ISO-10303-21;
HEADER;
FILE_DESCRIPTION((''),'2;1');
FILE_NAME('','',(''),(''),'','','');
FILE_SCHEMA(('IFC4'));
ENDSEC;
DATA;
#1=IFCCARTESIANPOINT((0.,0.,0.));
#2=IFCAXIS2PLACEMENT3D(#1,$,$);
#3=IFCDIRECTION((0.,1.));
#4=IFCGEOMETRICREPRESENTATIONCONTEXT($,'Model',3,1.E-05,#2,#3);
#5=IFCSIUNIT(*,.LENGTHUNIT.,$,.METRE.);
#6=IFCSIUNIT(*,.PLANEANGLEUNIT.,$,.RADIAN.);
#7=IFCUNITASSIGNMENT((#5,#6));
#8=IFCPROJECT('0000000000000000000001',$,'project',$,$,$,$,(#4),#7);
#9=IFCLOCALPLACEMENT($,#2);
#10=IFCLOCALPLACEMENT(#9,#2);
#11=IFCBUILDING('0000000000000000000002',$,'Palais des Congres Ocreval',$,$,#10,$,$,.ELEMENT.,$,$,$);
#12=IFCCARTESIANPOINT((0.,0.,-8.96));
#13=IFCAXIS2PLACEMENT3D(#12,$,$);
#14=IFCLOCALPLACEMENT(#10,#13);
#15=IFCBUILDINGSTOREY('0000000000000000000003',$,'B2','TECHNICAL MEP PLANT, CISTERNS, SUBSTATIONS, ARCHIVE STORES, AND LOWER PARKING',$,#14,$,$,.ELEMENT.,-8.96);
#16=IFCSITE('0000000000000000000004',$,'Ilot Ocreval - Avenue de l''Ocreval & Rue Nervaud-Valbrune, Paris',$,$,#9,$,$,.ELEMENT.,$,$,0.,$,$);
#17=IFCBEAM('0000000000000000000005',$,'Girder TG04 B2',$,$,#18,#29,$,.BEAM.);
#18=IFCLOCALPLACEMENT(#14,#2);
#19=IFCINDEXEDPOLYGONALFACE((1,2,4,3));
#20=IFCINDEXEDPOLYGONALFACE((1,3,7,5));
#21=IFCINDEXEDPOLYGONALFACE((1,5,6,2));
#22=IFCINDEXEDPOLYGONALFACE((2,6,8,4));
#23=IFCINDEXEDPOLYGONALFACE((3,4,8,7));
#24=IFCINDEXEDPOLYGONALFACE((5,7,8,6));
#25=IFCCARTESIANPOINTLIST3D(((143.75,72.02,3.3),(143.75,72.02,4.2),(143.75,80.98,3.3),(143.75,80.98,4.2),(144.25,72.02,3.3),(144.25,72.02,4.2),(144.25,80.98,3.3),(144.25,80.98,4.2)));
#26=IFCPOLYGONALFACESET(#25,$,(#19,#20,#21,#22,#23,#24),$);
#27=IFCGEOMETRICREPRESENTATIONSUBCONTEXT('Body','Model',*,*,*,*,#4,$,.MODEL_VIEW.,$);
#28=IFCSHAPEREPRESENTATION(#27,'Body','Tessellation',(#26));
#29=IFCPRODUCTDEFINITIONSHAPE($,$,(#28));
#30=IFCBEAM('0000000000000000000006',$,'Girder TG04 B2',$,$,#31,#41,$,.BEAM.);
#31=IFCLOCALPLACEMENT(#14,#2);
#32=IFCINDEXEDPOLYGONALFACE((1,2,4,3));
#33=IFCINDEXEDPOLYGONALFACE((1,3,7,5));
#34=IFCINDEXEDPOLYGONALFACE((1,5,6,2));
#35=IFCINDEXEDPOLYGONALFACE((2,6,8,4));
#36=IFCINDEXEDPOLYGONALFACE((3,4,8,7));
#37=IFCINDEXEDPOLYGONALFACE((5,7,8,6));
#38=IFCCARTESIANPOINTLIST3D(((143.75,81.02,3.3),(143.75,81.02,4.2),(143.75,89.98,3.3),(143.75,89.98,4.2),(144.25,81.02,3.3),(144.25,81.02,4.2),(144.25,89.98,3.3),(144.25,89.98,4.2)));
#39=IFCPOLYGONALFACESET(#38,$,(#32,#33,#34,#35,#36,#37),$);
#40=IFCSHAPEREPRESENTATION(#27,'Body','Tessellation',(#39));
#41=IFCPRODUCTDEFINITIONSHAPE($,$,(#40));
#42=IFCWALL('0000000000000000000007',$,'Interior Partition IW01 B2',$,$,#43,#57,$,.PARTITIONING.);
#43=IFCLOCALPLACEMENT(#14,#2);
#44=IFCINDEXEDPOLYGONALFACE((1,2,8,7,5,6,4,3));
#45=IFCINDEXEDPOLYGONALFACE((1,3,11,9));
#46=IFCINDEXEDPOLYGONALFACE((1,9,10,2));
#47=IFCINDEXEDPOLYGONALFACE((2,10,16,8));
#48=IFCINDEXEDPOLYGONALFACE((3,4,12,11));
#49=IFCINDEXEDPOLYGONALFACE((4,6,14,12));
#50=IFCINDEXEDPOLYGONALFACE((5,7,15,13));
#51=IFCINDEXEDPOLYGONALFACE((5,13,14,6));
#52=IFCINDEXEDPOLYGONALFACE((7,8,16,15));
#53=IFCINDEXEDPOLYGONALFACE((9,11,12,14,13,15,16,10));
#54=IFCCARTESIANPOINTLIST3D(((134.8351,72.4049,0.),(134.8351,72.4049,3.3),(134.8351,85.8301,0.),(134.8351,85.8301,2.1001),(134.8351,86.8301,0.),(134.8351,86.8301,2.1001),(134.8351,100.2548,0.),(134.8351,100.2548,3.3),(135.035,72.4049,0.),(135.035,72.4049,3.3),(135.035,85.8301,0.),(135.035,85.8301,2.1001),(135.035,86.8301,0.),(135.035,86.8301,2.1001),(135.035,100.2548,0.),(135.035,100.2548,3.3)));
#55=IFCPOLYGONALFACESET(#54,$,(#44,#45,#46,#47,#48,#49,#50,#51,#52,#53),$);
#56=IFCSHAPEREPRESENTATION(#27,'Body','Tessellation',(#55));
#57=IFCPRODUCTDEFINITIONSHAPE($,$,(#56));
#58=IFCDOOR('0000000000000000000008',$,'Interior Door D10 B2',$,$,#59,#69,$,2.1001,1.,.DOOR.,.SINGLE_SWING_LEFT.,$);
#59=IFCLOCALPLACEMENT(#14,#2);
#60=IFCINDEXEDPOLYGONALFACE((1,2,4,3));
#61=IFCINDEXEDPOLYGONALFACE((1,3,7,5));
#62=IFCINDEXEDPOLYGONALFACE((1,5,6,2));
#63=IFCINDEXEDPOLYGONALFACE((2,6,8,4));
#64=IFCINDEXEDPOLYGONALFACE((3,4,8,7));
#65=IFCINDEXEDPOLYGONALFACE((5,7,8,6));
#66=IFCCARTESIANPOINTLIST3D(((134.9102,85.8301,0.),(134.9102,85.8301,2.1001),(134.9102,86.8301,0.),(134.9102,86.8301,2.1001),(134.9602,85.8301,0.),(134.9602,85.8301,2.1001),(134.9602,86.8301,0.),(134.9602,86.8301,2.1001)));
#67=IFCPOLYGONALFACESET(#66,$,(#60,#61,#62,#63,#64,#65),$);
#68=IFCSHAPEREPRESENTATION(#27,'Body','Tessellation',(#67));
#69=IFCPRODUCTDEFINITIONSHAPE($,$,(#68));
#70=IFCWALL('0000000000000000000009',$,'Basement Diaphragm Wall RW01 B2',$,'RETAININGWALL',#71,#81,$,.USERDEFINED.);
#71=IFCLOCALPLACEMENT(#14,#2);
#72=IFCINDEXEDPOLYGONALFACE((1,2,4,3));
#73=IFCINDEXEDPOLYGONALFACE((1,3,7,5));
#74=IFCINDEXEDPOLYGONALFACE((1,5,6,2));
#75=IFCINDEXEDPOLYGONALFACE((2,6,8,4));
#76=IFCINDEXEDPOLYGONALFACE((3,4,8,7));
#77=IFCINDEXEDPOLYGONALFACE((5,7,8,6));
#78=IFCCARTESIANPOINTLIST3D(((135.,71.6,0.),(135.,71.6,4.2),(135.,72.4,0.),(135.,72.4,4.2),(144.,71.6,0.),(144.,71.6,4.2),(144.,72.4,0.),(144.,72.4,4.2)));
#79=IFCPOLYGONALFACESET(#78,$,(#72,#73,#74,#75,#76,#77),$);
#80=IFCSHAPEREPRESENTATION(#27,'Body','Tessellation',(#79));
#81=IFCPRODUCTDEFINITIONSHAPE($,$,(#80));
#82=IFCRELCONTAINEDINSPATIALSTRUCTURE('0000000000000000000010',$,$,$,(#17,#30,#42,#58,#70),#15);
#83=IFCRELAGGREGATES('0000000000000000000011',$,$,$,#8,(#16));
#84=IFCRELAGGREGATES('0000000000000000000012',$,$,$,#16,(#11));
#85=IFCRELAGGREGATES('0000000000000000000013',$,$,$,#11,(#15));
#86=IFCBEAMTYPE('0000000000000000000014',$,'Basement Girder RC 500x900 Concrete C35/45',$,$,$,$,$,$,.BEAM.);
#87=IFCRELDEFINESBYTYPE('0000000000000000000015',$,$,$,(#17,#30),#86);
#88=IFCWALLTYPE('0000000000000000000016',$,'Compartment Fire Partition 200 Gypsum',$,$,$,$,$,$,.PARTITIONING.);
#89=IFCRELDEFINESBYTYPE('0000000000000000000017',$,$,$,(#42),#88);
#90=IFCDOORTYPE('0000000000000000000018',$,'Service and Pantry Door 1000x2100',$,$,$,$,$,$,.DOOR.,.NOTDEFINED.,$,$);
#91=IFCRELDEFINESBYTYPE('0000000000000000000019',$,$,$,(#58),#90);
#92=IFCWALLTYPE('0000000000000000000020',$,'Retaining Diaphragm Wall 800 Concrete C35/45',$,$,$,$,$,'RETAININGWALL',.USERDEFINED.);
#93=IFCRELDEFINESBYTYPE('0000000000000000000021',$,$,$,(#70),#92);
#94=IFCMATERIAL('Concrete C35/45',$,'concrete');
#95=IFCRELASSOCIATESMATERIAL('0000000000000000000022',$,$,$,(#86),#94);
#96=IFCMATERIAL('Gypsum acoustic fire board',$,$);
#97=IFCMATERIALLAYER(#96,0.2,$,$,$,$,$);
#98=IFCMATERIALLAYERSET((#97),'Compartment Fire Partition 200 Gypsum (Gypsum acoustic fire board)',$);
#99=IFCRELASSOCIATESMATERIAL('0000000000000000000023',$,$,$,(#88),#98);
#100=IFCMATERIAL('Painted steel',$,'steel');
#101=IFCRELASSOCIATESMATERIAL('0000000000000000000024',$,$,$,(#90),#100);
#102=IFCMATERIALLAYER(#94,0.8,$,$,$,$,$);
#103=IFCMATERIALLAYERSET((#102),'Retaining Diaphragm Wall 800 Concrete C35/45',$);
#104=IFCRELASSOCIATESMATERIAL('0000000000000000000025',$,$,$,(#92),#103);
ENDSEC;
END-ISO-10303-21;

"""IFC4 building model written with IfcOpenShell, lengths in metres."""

from ifc_helpers import new_model, si_unit, direction, frame, frame_2d, origin, origin_2d, place, context, subcontext, project, spatial, rectangle, extrude, material, layer, layer_set, material_profile, profile_set, type_object, element, fill, save


model = new_model("IFC4")

# Units and contexts
model_context = context("Model", 3, precision=1e-05, world=origin(), true_north=direction((0.0, 1.0)))
body_context = subcontext(model_context, "Body", "Model", "MODEL_VIEW")
ifc_project = project(units=[si_unit("LENGTHUNIT", "METRE"), si_unit("PLANEANGLEUNIT", "RADIAN")], contexts=[model_context])

# Site, building, storey
site_placement = place(None, origin())
site = spatial("IfcSite", under=ifc_project, at=site_placement, Name="Ilot Ocreval - Avenue de l'Ocreval & Rue Nervaud-Valbrune, Paris", CompositionType="ELEMENT", RefElevation=0.0)
building_placement = place(site_placement, origin())
building = spatial("IfcBuilding", under=site, at=building_placement, Name="Palais des Congres Ocreval", CompositionType="ELEMENT")
storey_placement = place(building_placement, frame((0.0, 0.0, -8.96)))
storey = spatial("IfcBuildingStorey", under=building, at=storey_placement, Name="B2", Description="TECHNICAL MEP PLANT, CISTERNS, SUBSTATIONS, ARCHIVE STORES, AND LOWER PARKING", CompositionType="ELEMENT", Elevation=-8.96)

# Shared definitions
ifc_material_1 = material(Name="Concrete C35/45", Category="concrete")

# Beams
ifc_material_profile_1 = material_profile(ifc_material_1, rectangle(XDim=0.5, YDim=0.8999, at=origin_2d()), Name="RC 500x900")
ifc_profile_set_1 = profile_set([ifc_material_profile_1], Name="Concrete C35/45")
beam_type = type_object("IfcBeamType", Name="Basement Girder RC 500x900 Concrete C35/45", PredefinedType="BEAM", material=ifc_profile_set_1)
for number, where, z_axis, x_axis, name in (
    (1, (144.0, 72.02, 3.75), (0.0, 1.0, 0.0), (-1.0, 0.0, 0.0), "Girder TG04 B2"),
    (2, (144.0, 81.02, 3.75), (0.0, 1.0, 0.0), (-1.0, 0.0, 0.0), "Girder TG04 B2"),
):
    element("IfcBeam", number, at=place(storey_placement, frame(where, z_axis=z_axis, x_axis=x_axis)), inside=storey, type_object=beam_type, Name=name, PredefinedType="BEAM", context=body_context, shape_type="SweptSolid", body=[
        extrude(rectangle(XDim=0.5, YDim=0.8999, at=origin_2d()), origin(), (0.0, 0.0, 1.0), 8.96),
    ])

# Wall, opening, door
ifc_material_2 = material(Name="Gypsum acoustic fire board")
ifc_layer_1 = layer(ifc_material_2, 0.2)
ifc_layer_set_1 = layer_set([ifc_layer_1], Name="Compartment Fire Partition 200 Gypsum (Gypsum acoustic fire board)")
wall_type_1 = type_object("IfcWallType", Name="Compartment Fire Partition 200 Gypsum", PredefinedType="PARTITIONING", material=ifc_layer_set_1)
wall_1_placement = place(storey_placement, frame((134.9351, 72.405, 0.0), z_axis=(0.0, 0.0, 1.0), x_axis=(0.0, 1.0, 0.0)))
wall_1 = element("IfcWall", 3, at=wall_1_placement, inside=storey, type_object=wall_type_1, Name="Interior Partition IW01 B2", PredefinedType="PARTITIONING", context=body_context, shape_type="SweptSolid", body=[
    extrude(rectangle(XDim=27.8499, YDim=0.2, at=frame_2d((13.9248, 0.0))), origin(), (0.0, 0.0, 1.0), 3.3),
])
opening_placement = place(wall_1_placement, frame((13.425, 0.0, 0.0)))
opening = element("IfcOpeningElement", 4, at=opening_placement, cuts=wall_1, PredefinedType="OPENING", context=body_context, shape_type="SweptSolid", body=[
    extrude(rectangle(XDim=1.0, YDim=2.1001, at=frame_2d((0.5, 1.05))), frame((0.0, 0.1099, 0.0), z_axis=(0.0, -1.0, 0.0), x_axis=(1.0, 0.0, 0.0)), (0.0, 0.0, 1.0), 0.22),
])
ifc_material_3 = material(Name="Painted steel", Category="steel")
door_type = type_object("IfcDoorType", Name="Service and Pantry Door 1000x2100", OperationType="NOTDEFINED", PredefinedType="DOOR", material=ifc_material_3)
door_placement = place(opening_placement, origin())
door = element("IfcDoor", 5, at=door_placement, inside=storey, type_object=door_type, Name="Interior Door D10 B2", OperationType="SINGLE_SWING_LEFT", OverallHeight=2.1001, OverallWidth=1.0, PredefinedType="DOOR", context=body_context, shape_type="SweptSolid", body=[
    extrude(rectangle(XDim=1.0, YDim=2.1001, at=frame_2d((0.5, 1.05))), frame((0.0, 0.0249, 0.0), z_axis=(0.0, -1.0, 0.0), x_axis=(1.0, 0.0, 0.0)), (0.0, 0.0, 1.0), 0.05),
])
fill(opening, door)

# Wall
ifc_layer_2 = layer(ifc_material_1, 0.8)
ifc_layer_set_2 = layer_set([ifc_layer_2], Name="Retaining Diaphragm Wall 800 Concrete C35/45")
wall_type_2 = type_object("IfcWallType", Name="Retaining Diaphragm Wall 800 Concrete C35/45", ElementType="RETAININGWALL", PredefinedType="USERDEFINED", material=ifc_layer_set_2)
wall_2_placement = place(storey_placement, frame((144.0, 72.0, 0.0), z_axis=(0.0, 0.0, 1.0), x_axis=(-1.0, 0.0, 0.0)))
element("IfcWall", 6, at=wall_2_placement, inside=storey, type_object=wall_type_2, Name="Basement Diaphragm Wall RW01 B2", ObjectType="RETAININGWALL", PredefinedType="USERDEFINED", context=body_context, shape_type="SweptSolid", body=[
    extrude(rectangle(XDim=9.0, YDim=0.8, at=frame_2d((4.5, 0.0))), origin(), (0.0, 0.0, 1.0), 4.2),
])

save(model, "model.ifc")
